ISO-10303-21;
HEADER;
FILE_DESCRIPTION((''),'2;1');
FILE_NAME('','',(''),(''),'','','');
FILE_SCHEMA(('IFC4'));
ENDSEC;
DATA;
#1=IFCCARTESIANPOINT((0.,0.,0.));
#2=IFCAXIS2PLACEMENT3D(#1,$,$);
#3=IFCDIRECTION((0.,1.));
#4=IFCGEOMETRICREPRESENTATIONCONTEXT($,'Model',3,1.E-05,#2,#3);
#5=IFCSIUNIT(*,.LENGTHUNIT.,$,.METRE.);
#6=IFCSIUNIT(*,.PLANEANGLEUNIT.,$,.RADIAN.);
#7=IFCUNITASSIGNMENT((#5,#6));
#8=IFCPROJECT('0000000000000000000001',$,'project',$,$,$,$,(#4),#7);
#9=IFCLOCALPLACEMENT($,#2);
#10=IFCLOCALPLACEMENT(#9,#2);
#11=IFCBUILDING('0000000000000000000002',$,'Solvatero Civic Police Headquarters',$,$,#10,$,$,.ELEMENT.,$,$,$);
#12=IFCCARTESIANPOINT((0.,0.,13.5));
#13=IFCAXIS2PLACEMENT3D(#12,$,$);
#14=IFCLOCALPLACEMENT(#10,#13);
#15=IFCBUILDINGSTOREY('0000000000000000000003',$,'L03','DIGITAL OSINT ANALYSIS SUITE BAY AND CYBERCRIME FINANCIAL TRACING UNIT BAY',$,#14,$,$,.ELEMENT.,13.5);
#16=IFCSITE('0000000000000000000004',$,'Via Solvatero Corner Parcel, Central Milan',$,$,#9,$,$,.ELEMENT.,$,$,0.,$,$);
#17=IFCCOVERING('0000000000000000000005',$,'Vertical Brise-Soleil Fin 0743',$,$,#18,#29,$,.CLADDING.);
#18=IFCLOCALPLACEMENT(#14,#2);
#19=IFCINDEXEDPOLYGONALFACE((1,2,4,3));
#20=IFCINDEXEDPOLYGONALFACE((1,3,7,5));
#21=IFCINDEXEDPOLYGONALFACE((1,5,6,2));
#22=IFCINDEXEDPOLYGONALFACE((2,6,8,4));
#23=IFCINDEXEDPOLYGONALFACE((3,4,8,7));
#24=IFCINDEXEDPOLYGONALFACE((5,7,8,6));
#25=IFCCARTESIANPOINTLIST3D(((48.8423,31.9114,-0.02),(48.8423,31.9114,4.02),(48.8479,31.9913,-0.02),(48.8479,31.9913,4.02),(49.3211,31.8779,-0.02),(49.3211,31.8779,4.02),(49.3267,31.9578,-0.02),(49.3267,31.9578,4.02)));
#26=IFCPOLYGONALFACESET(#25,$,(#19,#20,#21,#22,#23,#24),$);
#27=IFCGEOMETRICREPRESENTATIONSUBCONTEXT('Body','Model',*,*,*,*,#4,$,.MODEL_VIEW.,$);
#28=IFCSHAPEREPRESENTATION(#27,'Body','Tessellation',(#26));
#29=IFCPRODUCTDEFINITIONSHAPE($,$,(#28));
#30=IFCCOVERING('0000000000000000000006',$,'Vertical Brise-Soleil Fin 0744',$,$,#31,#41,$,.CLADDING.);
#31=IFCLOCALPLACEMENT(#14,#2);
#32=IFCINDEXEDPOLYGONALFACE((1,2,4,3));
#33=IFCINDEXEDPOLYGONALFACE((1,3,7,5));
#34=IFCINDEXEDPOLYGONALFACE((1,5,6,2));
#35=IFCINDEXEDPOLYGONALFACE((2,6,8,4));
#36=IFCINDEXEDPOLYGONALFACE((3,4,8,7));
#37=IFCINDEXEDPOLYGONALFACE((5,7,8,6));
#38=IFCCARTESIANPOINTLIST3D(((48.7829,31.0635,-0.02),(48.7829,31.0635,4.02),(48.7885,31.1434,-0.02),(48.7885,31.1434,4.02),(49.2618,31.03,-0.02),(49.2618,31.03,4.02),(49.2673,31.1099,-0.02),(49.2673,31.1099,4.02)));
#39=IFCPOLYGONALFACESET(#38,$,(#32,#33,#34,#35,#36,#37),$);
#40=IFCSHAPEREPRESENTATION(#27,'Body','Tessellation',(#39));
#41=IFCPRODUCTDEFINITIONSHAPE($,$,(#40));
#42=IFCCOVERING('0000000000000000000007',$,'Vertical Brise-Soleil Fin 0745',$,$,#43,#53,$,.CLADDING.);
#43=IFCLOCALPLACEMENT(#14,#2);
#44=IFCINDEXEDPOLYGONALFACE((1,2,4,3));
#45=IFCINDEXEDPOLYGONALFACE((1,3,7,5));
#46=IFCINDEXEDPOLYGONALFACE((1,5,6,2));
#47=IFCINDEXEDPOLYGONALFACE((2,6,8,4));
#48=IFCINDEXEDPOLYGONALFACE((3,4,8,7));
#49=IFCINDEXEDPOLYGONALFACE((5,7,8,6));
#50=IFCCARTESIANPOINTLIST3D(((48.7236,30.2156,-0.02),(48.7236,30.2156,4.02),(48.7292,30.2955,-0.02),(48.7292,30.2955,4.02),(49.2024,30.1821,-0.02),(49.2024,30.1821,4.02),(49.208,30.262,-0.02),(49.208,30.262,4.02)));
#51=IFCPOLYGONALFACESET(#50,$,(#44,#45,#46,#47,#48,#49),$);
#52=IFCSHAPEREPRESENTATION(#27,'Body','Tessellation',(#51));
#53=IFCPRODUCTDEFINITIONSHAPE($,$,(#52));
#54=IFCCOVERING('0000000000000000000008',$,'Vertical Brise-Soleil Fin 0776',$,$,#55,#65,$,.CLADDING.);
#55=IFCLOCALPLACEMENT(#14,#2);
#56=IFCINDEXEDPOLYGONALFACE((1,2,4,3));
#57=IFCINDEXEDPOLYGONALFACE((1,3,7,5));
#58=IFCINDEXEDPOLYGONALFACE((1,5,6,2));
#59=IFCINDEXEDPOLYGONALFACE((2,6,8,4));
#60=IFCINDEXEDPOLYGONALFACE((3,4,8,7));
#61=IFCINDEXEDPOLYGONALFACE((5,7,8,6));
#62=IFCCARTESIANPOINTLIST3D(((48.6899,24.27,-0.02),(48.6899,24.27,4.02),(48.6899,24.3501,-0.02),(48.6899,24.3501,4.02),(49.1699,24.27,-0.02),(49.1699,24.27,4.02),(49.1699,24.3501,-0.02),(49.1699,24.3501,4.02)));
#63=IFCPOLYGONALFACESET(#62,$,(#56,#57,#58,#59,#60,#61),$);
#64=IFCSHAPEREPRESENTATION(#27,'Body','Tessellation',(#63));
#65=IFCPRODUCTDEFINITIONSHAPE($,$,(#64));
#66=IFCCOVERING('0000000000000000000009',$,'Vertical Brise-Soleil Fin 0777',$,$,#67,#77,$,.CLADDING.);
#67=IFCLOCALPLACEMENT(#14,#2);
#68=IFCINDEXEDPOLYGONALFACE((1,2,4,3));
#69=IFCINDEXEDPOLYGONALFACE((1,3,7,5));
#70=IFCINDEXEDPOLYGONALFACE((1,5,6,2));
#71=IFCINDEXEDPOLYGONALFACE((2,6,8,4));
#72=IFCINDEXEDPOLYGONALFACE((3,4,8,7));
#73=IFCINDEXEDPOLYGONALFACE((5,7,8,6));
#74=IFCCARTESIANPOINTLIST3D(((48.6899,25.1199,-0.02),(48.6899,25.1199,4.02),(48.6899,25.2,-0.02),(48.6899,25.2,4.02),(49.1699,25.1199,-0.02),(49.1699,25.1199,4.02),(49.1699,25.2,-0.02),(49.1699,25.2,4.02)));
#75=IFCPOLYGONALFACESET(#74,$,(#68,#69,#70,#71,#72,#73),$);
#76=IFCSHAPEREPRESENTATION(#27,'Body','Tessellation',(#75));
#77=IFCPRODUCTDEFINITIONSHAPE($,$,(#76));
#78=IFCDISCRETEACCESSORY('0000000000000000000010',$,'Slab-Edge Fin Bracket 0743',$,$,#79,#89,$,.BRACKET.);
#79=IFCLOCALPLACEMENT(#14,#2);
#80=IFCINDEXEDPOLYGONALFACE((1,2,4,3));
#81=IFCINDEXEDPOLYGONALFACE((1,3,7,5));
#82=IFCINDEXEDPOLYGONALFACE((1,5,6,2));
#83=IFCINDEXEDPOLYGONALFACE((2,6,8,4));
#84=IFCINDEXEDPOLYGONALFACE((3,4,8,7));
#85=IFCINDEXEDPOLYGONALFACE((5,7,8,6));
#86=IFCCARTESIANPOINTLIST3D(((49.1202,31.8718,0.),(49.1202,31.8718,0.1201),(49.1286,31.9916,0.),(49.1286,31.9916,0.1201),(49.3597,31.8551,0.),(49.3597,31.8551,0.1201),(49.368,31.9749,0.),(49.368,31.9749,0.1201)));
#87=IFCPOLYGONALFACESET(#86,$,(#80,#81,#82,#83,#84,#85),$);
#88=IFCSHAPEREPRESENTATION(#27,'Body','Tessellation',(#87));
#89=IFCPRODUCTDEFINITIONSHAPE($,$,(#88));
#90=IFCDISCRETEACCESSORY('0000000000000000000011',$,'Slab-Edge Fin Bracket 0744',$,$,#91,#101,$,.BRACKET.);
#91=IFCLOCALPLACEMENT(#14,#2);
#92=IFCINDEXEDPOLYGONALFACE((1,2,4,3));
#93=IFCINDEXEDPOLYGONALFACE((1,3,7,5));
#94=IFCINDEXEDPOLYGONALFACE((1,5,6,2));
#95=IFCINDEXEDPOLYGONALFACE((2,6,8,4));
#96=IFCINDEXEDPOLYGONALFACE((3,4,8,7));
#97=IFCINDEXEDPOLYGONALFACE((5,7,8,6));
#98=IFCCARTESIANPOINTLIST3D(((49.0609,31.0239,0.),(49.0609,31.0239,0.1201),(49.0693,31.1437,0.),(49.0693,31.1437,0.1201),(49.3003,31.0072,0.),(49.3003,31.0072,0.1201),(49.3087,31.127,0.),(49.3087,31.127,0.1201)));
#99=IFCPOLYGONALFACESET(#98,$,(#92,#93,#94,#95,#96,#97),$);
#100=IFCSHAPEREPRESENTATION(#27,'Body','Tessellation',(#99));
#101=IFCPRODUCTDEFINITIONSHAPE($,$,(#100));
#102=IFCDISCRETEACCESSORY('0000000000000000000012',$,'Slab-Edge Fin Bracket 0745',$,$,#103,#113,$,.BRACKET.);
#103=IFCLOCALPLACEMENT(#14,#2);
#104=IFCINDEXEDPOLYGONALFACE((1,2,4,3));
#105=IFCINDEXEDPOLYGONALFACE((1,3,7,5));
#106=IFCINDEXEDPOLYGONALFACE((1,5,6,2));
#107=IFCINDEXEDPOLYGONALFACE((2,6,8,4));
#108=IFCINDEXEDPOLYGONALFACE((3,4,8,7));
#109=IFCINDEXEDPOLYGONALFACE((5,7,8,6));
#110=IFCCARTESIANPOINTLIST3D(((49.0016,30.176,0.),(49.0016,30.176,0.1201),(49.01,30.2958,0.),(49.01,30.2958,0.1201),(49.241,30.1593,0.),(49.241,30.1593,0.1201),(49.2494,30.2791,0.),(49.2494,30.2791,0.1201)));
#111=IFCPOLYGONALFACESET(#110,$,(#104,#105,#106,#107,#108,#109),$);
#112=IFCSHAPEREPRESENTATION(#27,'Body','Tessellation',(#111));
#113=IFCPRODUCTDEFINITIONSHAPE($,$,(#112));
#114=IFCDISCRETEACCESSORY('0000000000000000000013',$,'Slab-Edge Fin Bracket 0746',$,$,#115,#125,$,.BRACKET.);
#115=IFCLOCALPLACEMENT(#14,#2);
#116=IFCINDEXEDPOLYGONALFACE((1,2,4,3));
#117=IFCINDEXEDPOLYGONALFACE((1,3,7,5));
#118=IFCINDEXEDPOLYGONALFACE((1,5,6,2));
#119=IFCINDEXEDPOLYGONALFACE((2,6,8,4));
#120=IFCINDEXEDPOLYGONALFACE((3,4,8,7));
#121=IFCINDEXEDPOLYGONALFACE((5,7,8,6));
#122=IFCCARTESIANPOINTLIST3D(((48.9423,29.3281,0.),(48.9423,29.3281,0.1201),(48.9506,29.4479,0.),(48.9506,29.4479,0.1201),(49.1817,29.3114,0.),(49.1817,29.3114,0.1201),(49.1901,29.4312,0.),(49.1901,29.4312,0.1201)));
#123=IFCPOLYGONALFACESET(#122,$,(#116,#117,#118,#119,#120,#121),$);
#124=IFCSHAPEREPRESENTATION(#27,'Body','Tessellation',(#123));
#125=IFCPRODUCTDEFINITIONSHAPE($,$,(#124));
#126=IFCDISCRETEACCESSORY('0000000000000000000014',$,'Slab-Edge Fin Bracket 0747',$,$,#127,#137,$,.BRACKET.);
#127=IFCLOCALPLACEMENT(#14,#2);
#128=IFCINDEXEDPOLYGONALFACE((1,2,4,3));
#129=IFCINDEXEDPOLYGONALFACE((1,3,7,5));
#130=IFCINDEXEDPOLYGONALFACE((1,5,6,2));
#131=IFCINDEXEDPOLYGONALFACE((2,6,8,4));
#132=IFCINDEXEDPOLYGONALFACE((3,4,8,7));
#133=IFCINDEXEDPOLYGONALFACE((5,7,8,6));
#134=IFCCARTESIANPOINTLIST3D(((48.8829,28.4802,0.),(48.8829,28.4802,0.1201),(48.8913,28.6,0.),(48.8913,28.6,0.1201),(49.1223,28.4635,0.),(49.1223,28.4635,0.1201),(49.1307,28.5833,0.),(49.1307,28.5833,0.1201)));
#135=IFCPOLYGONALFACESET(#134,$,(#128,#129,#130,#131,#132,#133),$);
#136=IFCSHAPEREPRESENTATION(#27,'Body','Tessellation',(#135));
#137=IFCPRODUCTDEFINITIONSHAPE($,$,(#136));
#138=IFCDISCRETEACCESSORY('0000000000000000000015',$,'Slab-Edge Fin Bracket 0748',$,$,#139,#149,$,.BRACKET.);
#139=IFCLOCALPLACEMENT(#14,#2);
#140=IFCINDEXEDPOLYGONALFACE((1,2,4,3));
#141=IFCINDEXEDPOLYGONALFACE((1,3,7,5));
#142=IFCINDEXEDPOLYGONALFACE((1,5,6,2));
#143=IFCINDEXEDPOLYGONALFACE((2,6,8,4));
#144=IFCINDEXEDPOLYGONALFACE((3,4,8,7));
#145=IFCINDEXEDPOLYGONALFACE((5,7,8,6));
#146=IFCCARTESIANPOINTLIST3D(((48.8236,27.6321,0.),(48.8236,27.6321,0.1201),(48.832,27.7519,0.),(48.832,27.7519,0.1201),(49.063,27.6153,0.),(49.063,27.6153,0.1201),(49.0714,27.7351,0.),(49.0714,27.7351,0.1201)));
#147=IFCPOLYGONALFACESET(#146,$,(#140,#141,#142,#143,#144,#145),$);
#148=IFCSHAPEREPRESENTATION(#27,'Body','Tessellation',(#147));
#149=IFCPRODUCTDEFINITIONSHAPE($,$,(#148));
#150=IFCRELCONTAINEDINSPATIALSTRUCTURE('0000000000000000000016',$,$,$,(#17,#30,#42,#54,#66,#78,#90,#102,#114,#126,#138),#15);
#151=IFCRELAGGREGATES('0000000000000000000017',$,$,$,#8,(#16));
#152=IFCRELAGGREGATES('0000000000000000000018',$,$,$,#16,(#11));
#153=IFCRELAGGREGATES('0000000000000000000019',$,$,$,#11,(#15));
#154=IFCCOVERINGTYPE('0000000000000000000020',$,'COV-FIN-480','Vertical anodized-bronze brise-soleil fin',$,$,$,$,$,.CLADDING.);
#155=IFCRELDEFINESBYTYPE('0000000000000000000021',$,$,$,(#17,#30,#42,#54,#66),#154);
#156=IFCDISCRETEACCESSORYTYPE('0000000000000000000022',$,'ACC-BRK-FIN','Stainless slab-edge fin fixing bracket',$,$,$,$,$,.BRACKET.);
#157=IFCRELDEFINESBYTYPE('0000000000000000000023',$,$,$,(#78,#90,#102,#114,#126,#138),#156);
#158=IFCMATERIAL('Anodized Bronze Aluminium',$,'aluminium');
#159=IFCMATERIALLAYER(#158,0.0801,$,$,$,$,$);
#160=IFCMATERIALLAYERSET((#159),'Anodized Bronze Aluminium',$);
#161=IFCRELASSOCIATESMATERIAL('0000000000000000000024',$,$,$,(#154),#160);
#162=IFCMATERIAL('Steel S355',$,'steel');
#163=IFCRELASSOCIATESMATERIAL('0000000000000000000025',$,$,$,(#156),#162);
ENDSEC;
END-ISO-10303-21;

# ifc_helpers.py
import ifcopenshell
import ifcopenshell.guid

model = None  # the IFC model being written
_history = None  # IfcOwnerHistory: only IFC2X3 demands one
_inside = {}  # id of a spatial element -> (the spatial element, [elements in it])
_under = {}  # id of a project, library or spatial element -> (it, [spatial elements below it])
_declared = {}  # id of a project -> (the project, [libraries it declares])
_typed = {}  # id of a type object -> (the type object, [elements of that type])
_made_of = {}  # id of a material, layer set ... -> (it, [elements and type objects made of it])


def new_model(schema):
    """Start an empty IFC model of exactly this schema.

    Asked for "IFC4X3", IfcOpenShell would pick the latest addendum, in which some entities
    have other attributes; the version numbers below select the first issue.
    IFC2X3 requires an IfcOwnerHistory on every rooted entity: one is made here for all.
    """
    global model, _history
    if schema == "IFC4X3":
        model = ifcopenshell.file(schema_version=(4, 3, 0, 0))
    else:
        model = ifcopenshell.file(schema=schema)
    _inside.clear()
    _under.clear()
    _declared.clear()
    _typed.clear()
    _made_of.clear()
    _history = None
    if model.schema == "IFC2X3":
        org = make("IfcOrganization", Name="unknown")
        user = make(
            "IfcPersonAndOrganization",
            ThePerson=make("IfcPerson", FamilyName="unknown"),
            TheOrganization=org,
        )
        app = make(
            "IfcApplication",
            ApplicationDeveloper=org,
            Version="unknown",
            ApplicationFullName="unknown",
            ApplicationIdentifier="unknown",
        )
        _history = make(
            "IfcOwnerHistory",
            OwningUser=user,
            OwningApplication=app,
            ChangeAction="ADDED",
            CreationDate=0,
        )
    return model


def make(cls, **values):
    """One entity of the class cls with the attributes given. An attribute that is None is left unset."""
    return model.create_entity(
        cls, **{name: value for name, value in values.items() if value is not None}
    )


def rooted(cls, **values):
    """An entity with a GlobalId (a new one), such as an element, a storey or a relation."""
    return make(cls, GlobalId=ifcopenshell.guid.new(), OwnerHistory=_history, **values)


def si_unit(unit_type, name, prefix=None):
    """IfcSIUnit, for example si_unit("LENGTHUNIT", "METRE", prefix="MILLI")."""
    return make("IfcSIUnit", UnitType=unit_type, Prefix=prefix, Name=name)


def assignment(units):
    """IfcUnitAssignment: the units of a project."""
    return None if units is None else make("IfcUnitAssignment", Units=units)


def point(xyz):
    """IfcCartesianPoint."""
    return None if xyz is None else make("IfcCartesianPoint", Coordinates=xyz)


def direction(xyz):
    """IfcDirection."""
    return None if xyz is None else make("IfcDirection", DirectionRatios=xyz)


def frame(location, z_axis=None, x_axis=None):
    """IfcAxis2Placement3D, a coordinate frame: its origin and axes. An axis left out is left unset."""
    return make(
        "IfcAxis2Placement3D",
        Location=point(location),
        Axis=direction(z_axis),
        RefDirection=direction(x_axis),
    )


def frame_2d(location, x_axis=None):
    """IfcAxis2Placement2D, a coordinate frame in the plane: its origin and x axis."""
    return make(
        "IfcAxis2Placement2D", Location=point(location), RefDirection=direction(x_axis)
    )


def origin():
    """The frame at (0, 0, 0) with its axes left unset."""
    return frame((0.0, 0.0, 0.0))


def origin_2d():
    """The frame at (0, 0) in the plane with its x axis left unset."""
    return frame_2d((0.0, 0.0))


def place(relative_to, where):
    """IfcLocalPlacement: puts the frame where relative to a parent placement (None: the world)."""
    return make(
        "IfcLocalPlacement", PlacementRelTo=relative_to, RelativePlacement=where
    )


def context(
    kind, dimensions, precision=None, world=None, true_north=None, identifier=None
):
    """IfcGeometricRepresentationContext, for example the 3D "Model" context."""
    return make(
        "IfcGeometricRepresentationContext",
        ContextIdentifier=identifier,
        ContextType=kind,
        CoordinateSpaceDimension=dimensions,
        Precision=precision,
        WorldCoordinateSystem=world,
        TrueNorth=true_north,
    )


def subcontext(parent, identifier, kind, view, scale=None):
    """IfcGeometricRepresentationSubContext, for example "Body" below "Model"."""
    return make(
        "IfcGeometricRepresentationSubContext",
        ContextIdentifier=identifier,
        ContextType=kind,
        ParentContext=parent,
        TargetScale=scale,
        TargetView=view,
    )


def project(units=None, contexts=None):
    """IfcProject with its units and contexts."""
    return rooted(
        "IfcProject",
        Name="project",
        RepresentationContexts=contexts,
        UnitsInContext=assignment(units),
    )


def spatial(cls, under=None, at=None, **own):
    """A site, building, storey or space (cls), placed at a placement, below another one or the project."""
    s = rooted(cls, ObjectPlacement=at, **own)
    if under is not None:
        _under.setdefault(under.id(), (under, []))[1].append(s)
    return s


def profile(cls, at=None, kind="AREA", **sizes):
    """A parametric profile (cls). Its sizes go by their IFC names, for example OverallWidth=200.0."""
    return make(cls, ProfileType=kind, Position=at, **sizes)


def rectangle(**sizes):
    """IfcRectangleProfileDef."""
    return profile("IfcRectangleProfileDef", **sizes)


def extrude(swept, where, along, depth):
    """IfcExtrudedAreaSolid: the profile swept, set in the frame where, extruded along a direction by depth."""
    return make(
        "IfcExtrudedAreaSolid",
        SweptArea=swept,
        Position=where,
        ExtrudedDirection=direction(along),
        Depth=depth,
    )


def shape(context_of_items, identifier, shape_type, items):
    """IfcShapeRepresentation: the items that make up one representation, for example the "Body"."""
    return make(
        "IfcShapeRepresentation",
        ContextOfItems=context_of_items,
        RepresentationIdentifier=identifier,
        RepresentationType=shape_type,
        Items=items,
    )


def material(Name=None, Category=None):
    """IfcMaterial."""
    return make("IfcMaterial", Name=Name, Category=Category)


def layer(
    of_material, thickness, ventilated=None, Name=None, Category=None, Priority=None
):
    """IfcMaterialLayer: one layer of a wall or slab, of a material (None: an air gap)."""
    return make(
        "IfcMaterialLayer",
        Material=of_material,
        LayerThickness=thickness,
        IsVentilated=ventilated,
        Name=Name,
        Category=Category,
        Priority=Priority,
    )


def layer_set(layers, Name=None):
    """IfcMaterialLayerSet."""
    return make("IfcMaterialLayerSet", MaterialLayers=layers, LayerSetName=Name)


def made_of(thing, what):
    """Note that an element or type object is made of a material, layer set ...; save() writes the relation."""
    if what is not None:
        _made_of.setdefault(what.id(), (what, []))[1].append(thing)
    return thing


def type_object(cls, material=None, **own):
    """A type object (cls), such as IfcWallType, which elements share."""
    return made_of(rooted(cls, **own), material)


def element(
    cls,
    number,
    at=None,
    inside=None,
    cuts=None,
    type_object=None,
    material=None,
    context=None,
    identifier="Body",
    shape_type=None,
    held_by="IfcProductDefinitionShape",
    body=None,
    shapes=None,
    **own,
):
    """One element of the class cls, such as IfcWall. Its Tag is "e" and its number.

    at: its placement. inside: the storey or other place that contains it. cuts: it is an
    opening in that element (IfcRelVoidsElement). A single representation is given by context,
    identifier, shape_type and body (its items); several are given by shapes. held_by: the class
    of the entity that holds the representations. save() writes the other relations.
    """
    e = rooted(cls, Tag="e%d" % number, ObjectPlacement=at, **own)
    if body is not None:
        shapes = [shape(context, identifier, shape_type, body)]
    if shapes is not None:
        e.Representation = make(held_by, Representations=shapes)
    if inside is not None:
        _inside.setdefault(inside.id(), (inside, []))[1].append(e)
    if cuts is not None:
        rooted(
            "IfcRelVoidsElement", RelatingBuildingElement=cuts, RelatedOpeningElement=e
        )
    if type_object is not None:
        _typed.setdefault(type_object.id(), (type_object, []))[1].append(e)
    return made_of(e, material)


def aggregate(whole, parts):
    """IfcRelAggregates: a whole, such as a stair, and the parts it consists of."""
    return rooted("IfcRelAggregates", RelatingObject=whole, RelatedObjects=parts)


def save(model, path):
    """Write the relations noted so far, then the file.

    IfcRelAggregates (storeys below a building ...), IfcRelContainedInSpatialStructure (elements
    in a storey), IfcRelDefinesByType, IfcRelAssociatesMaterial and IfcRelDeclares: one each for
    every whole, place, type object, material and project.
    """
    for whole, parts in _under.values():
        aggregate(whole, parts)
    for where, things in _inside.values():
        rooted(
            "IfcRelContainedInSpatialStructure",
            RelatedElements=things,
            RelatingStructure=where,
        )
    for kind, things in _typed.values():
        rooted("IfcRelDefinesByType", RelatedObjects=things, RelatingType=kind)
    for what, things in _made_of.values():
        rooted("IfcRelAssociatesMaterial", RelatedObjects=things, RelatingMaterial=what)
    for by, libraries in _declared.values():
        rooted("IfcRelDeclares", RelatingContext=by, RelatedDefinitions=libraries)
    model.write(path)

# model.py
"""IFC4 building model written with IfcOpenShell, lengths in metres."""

from ifc_helpers import new_model, si_unit, direction, frame, origin, origin_2d, place, context, subcontext, project, spatial, rectangle, extrude, material, layer, layer_set, type_object, element, save


model = new_model("IFC4")

# Units and contexts
model_context = context("Model", 3, precision=1e-05, world=origin(), true_north=direction((0.0, 1.0)))
body_context = subcontext(model_context, "Body", "Model", "MODEL_VIEW")
ifc_project = project(units=[si_unit("LENGTHUNIT", "METRE"), si_unit("PLANEANGLEUNIT", "RADIAN")], contexts=[model_context])

# Site, building, storey
site_placement = place(None, origin())
site = spatial("IfcSite", under=ifc_project, at=site_placement, Name="Via Solvatero Corner Parcel, Central Milan", CompositionType="ELEMENT", RefElevation=0.0)
building_placement = place(site_placement, origin())
building = spatial("IfcBuilding", under=site, at=building_placement, Name="Solvatero Civic Police Headquarters", CompositionType="ELEMENT")
storey_placement = place(building_placement, frame((0.0, 0.0, 13.5)))
storey = spatial("IfcBuildingStorey", under=building, at=storey_placement, Name="L03", Description="DIGITAL OSINT ANALYSIS SUITE BAY AND CYBERCRIME FINANCIAL TRACING UNIT BAY", CompositionType="ELEMENT", Elevation=13.5)

# Shared definitions
ifc_material_1 = material(Name="Anodized Bronze Aluminium", Category="aluminium")

# Coverings
ifc_layer_1 = layer(ifc_material_1, 0.0801)
ifc_layer_set_1 = layer_set([ifc_layer_1], Name="Anodized Bronze Aluminium")
covering_type = type_object("IfcCoveringType", Name="COV-FIN-480", Description="Vertical anodized-bronze brise-soleil fin", PredefinedType="CLADDING", material=ifc_layer_set_1)
for number, where, z_axis, x_axis, name in (
    (1, (49.0845, 31.9346, -0.02), (0.0, 0.0, 1.0), (-0.069756, -0.997564, 0.0), "Vertical Brise-Soleil Fin 0743"),
    (2, (49.0251, 31.0867, -0.02), (0.0, 0.0, 1.0), (-0.069756, -0.997564, 0.0), "Vertical Brise-Soleil Fin 0744"),
    (3, (48.9658, 30.2388, -0.02), (0.0, 0.0, 1.0), (-0.069756, -0.997564, 0.0), "Vertical Brise-Soleil Fin 0745"),
    (4, (48.9299, 24.3101, -0.02), (0.0, 0.0, 1.0), (0.0, 1.0, 0.0), "Vertical Brise-Soleil Fin 0776"),
    (5, (48.9299, 25.1599, -0.02), (0.0, 0.0, 1.0), (0.0, 1.0, 0.0), "Vertical Brise-Soleil Fin 0777"),
):
    element("IfcCovering", number, at=place(storey_placement, frame(where, z_axis=z_axis, x_axis=x_axis)), inside=storey, type_object=covering_type, Name=name, PredefinedType="CLADDING", context=body_context, shape_type="SweptSolid", body=[
        extrude(rectangle(XDim=0.0801, YDim=0.48, at=origin_2d()), origin(), (0.0, 0.0, 1.0), 4.04),
    ])

# Discrete accessories
ifc_material_2 = material(Name="Steel S355", Category="steel")
discrete_accessory_type = type_object("IfcDiscreteAccessoryType", Name="ACC-BRK-FIN", Description="Stainless slab-edge fin fixing bracket", PredefinedType="BRACKET", material=ifc_material_2)
for number, where, z_axis, x_axis, name in (
    (6, (49.2441, 31.9233, 0.0), (0.0, 0.0, 1.0), (-0.069756, -0.997564, 0.0), "Slab-Edge Fin Bracket 0743"),
    (7, (49.1848, 31.0754, 0.0), (0.0, 0.0, 1.0), (-0.069756, -0.997564, 0.0), "Slab-Edge Fin Bracket 0744"),
    (8, (49.1255, 30.2275, 0.0), (0.0, 0.0, 1.0), (-0.069756, -0.997564, 0.0), "Slab-Edge Fin Bracket 0745"),
    (9, (49.0662, 29.3796, 0.0), (0.0, 0.0, 1.0), (-0.069756, -0.997564, 0.0), "Slab-Edge Fin Bracket 0746"),
    (10, (49.0068, 28.5317, 0.0), (0.0, 0.0, 1.0), (-0.069756, -0.997564, 0.0), "Slab-Edge Fin Bracket 0747"),
    (11, (48.9475, 27.6836, 0.0), (0.0, 0.0, 1.0), (-0.069756, -0.997564, 0.0), "Slab-Edge Fin Bracket 0748"),
):
    element("IfcDiscreteAccessory", number, at=place(storey_placement, frame(where, z_axis=z_axis, x_axis=x_axis)), inside=storey, type_object=discrete_accessory_type, Name=name, PredefinedType="BRACKET", context=body_context, shape_type="SweptSolid", body=[
        extrude(rectangle(XDim=0.1201, YDim=0.24, at=origin_2d()), origin(), (0.0, 0.0, 1.0), 0.1201),
    ])

save(model, "model.ifc")
